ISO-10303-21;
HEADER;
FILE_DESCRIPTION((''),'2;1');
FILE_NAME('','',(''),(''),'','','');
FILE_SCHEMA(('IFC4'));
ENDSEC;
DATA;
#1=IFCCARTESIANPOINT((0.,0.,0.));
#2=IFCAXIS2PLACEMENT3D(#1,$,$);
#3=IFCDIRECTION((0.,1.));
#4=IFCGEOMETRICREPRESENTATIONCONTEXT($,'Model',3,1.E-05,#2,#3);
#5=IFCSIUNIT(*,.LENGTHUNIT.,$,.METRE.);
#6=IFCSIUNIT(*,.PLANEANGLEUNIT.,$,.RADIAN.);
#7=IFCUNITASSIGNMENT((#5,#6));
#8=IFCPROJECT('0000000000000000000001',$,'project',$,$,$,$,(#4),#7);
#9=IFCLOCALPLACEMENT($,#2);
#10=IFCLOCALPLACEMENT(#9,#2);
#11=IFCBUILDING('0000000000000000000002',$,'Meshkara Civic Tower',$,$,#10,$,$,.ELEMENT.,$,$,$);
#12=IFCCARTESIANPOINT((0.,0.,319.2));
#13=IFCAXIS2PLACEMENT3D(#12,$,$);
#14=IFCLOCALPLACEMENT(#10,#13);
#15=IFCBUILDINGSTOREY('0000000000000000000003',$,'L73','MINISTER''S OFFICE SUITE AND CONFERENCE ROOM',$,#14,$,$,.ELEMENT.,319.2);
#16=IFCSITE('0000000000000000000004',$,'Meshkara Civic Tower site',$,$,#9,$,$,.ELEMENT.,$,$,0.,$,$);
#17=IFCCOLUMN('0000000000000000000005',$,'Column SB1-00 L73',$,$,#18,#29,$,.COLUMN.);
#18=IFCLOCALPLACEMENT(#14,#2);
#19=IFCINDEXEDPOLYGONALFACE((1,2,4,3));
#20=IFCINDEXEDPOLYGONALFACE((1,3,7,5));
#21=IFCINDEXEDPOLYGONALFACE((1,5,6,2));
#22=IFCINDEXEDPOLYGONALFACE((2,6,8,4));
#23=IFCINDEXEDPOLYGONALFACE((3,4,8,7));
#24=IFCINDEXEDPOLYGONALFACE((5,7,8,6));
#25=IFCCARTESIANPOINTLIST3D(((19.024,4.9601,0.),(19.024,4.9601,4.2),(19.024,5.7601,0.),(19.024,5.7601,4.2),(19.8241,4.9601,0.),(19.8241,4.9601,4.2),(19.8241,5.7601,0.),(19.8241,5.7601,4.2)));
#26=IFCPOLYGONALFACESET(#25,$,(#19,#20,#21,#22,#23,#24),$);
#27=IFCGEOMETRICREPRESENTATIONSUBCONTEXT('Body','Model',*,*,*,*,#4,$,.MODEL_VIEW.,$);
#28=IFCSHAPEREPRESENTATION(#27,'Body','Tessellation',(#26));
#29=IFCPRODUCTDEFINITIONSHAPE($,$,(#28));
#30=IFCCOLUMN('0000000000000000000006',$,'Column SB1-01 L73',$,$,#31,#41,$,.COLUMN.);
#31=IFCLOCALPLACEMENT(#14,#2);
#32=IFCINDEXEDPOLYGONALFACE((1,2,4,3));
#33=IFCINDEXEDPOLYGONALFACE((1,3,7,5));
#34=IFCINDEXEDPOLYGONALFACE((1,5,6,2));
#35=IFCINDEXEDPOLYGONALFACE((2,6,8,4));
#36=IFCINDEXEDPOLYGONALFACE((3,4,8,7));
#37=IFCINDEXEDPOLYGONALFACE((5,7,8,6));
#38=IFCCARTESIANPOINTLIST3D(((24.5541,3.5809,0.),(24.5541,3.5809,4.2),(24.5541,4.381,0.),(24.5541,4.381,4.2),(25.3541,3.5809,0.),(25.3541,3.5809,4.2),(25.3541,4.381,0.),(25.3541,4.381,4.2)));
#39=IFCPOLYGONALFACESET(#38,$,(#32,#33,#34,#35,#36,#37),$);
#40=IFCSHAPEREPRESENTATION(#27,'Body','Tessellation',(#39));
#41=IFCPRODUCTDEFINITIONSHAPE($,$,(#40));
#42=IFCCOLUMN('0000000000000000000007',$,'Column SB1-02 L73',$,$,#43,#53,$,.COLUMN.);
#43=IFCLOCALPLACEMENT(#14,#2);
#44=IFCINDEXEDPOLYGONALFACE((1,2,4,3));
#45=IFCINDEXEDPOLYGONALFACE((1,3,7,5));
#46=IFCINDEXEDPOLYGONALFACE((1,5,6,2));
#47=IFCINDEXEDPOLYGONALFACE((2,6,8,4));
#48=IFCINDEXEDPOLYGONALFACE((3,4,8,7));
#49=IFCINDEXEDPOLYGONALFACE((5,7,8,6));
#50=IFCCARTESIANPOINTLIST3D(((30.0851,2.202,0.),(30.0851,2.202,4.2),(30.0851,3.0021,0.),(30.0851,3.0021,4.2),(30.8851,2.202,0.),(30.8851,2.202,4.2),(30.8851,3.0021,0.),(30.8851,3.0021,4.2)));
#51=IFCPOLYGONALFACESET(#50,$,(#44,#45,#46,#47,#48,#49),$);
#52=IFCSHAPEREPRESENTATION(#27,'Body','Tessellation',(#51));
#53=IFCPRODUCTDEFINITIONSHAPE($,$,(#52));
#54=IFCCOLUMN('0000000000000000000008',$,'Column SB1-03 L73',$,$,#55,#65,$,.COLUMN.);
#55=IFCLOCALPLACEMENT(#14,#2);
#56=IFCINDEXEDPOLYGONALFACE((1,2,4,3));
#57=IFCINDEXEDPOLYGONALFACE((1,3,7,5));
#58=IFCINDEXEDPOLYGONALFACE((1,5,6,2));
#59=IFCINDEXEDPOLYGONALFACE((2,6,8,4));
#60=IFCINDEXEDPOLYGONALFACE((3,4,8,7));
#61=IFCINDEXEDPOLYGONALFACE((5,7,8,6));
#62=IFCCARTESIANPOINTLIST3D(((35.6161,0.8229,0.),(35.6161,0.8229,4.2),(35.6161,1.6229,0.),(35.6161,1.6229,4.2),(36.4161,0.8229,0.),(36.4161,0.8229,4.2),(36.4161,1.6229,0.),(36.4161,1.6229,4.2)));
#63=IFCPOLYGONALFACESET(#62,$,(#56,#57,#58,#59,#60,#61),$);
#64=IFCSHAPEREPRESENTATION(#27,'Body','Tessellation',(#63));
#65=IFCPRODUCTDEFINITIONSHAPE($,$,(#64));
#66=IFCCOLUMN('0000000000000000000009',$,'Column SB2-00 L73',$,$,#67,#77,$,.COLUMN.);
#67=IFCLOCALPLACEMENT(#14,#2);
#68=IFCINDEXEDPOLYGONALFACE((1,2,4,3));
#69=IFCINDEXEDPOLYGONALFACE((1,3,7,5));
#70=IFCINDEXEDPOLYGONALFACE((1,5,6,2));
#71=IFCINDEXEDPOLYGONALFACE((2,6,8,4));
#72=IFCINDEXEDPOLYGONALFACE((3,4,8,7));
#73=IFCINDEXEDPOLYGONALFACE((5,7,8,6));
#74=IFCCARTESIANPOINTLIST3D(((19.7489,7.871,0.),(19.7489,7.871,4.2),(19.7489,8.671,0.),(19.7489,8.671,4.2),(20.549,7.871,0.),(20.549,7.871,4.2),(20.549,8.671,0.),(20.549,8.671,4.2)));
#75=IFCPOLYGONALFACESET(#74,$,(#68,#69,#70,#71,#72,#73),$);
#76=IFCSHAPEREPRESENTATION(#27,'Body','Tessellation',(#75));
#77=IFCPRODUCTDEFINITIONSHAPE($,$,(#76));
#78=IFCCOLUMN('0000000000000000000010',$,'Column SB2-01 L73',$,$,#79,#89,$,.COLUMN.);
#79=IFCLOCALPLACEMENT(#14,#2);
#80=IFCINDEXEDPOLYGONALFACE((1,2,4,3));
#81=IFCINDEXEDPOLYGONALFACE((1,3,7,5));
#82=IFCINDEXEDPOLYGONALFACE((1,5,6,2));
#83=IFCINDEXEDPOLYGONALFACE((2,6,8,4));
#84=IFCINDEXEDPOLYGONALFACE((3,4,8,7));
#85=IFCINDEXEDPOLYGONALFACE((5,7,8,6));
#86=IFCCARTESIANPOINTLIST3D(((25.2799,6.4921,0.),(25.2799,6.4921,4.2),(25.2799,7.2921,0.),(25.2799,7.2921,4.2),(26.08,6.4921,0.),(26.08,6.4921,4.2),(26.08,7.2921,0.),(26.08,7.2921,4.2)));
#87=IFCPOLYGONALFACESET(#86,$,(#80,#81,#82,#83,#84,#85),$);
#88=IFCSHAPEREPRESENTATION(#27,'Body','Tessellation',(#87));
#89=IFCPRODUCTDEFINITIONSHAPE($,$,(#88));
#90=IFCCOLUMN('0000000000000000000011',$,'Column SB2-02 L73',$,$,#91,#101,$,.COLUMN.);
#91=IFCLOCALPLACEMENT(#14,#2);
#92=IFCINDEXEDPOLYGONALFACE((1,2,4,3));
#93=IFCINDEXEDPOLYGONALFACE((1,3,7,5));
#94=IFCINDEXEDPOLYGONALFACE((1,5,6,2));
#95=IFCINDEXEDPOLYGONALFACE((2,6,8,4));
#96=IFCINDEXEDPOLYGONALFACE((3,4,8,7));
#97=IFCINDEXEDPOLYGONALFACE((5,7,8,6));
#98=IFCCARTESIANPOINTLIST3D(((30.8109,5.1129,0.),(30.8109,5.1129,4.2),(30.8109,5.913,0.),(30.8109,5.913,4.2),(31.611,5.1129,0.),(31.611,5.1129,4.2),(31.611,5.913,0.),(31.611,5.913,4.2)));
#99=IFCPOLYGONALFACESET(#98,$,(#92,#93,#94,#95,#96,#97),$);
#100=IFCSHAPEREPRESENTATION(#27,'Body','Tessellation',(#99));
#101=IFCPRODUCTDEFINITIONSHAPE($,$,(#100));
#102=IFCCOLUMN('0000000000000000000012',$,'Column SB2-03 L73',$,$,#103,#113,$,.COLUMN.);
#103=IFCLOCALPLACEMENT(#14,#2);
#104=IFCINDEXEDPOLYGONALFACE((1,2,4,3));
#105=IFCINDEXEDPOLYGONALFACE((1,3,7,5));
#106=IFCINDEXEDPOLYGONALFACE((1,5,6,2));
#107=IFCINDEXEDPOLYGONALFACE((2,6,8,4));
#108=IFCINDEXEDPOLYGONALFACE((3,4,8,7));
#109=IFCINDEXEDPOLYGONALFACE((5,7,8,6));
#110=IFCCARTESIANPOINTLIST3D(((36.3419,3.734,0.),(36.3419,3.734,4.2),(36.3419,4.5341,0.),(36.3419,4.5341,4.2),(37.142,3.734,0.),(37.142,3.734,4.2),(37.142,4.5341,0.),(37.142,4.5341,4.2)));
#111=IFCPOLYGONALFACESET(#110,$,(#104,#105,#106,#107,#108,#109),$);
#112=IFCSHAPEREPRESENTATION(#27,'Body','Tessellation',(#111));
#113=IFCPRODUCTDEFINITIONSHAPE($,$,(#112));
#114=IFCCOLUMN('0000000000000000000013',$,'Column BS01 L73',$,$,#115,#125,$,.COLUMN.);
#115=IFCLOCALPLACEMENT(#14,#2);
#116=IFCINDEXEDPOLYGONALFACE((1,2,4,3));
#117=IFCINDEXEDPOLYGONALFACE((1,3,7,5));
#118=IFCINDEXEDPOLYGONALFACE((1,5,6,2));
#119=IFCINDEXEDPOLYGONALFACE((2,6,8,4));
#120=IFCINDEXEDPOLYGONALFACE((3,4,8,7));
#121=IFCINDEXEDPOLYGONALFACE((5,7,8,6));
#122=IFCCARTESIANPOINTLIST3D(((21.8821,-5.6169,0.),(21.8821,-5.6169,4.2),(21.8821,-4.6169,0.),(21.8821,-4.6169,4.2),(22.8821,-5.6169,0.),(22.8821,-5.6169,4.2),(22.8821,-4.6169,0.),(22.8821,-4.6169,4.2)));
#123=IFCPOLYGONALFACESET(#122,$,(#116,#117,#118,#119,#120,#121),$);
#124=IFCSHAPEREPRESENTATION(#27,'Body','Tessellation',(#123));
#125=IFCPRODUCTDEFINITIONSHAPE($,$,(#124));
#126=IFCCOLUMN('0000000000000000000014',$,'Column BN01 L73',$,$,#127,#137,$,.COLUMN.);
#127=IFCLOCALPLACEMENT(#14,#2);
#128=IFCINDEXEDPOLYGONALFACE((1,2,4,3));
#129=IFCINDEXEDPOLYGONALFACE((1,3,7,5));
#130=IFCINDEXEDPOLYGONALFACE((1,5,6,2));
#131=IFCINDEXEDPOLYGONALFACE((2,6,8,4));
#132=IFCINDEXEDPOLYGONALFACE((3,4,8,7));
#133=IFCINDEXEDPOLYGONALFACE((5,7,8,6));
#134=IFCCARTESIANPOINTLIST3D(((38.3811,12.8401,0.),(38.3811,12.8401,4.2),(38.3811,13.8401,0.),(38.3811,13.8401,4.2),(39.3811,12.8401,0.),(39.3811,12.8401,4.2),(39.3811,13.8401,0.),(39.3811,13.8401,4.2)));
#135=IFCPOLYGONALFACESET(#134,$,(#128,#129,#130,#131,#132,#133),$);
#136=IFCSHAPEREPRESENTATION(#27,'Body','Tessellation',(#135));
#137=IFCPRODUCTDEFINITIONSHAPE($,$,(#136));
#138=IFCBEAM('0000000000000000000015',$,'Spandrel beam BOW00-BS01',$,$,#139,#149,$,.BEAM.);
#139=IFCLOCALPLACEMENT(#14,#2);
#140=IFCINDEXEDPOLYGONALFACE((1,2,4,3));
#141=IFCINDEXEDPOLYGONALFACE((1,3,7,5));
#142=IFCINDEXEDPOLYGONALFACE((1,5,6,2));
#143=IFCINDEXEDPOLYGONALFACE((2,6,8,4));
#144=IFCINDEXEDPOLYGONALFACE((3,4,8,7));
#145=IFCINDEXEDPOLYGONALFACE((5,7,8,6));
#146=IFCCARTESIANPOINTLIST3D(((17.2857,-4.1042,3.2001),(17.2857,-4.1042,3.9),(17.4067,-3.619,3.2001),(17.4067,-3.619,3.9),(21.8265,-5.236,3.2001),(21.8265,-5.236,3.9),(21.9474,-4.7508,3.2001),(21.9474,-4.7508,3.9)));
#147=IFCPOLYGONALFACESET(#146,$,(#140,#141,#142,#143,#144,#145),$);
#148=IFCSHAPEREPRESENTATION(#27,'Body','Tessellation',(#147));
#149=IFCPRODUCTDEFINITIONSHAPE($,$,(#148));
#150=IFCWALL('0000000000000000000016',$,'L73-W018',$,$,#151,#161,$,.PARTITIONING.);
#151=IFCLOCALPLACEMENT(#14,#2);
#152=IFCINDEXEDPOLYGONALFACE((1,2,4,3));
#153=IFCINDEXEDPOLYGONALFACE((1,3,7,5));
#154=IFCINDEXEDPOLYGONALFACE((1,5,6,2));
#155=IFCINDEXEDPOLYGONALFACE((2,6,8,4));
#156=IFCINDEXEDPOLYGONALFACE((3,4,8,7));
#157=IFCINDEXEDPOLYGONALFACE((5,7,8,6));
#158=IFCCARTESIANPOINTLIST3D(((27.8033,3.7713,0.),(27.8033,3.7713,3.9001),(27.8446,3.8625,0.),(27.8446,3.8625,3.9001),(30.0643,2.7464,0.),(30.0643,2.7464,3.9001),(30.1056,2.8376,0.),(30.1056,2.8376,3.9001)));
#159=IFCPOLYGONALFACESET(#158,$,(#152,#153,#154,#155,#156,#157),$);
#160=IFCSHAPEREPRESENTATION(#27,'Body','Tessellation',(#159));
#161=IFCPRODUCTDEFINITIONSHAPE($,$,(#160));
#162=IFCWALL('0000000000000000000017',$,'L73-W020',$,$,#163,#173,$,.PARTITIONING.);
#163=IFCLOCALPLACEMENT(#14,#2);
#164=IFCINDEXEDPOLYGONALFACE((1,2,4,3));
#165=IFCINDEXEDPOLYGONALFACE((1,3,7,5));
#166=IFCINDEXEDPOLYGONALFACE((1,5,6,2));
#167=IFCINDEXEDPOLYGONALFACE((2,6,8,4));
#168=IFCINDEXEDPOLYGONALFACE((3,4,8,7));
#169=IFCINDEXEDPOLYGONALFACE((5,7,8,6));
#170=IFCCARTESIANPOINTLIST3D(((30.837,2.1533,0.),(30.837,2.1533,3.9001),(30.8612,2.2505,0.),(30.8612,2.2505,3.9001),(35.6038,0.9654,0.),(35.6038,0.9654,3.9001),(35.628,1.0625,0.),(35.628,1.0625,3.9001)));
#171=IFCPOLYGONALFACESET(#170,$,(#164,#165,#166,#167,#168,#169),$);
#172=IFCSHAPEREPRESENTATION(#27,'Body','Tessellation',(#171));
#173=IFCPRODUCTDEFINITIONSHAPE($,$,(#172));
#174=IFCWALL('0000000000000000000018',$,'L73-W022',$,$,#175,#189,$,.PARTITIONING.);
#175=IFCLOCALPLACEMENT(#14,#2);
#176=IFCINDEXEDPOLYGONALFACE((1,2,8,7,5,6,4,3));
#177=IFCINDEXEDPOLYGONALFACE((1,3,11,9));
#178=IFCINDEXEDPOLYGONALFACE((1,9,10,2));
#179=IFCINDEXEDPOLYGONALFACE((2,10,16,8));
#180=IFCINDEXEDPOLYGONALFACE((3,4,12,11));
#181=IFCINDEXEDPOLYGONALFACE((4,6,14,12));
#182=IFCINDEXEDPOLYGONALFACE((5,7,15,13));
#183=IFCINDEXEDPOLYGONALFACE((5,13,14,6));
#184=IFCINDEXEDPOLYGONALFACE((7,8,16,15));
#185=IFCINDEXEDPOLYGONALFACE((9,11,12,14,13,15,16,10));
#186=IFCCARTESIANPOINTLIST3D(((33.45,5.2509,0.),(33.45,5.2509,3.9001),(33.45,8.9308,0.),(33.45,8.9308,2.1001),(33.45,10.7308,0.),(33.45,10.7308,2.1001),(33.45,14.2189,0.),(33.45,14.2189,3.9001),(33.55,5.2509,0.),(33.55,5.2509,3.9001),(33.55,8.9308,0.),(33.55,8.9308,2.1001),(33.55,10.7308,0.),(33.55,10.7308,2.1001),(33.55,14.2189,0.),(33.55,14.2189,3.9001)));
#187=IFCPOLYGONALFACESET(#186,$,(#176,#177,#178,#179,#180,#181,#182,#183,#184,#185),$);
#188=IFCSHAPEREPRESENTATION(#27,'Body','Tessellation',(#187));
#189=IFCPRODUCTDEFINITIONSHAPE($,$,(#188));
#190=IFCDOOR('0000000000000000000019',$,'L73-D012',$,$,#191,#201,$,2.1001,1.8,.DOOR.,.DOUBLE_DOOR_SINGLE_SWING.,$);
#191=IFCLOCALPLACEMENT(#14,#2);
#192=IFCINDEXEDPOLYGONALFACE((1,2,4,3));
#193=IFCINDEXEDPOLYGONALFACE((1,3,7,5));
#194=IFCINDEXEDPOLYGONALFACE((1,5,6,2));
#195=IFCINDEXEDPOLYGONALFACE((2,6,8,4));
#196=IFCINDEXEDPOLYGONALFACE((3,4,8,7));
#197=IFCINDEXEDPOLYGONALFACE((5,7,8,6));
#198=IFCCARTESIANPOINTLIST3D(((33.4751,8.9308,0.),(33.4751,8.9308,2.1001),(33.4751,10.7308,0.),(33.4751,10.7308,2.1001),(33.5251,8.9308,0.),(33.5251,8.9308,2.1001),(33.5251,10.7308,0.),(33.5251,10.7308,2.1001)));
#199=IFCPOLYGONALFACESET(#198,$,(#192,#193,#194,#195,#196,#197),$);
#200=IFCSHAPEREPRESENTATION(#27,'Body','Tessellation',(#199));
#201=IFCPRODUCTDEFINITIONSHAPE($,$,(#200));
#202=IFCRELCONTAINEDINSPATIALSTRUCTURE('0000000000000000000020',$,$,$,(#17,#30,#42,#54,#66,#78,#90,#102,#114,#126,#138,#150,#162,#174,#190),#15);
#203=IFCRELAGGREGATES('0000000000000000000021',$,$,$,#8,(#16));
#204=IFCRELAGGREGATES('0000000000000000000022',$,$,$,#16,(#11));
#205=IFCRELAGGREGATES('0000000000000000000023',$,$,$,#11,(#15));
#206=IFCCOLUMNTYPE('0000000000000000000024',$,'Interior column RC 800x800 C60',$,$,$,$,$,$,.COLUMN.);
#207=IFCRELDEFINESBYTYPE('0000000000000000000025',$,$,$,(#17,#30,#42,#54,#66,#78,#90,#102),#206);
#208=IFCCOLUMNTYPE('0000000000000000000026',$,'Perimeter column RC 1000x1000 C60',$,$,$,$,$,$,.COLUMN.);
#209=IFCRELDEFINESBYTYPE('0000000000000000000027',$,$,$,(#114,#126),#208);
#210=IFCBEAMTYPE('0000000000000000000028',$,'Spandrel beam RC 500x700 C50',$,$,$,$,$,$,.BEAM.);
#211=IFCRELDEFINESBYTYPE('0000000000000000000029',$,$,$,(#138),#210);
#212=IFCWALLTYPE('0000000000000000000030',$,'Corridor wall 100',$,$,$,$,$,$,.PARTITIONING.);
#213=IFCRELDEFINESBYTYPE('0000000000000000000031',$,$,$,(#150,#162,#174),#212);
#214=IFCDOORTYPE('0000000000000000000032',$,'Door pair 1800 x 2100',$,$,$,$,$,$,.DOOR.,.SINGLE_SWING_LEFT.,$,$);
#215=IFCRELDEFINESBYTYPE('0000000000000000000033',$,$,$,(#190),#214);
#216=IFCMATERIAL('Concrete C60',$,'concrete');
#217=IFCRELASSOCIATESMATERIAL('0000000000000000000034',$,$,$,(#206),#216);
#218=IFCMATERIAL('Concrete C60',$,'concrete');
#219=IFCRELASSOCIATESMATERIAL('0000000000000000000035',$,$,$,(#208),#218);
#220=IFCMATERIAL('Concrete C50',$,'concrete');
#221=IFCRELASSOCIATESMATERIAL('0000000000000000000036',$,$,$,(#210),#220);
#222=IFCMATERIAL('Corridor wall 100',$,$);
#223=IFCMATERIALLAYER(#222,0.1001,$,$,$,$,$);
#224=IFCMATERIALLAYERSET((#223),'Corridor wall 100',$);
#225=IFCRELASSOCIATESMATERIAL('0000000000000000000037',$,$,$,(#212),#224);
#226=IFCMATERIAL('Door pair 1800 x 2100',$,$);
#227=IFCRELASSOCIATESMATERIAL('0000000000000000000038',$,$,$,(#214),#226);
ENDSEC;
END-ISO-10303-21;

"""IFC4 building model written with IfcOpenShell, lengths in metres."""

from ifc_helpers import new_model, si_unit, direction, frame, frame_2d, origin, origin_2d, place, context, subcontext, project, spatial, rectangle, extrude, material, layer, layer_set, material_profile, profile_set, type_object, element, fill, save


model = new_model("IFC4")

# Units and contexts
model_context = context("Model", 3, precision=1e-05, world=origin(), true_north=direction((0.0, 1.0)))
body_context = subcontext(model_context, "Body", "Model", "MODEL_VIEW")
ifc_project = project(units=[si_unit("LENGTHUNIT", "METRE"), si_unit("PLANEANGLEUNIT", "RADIAN")], contexts=[model_context])

# Site, building, storey
site_placement = place(None, origin())
site = spatial("IfcSite", under=ifc_project, at=site_placement, Name="Meshkara Civic Tower site", CompositionType="ELEMENT", RefElevation=0.0)
building_placement = place(site_placement, origin())
building = spatial("IfcBuilding", under=site, at=building_placement, Name="Meshkara Civic Tower", CompositionType="ELEMENT")
storey_placement = place(building_placement, frame((0.0, 0.0, 319.2)))
storey = spatial("IfcBuildingStorey", under=building, at=storey_placement, Name="L73", Description="MINISTER'S OFFICE SUITE AND CONFERENCE ROOM", CompositionType="ELEMENT", Elevation=319.2)

# Columns
ifc_material_1 = material(Name="Concrete C60", Category="concrete")
ifc_material_profile_1 = material_profile(ifc_material_1, rectangle(XDim=0.8, YDim=0.8, at=origin_2d()))
ifc_profile_set_1 = profile_set([ifc_material_profile_1], Name="Concrete C60")
column_type_1 = type_object("IfcColumnType", Name="Interior column RC 800x800 C60", PredefinedType="COLUMN", material=ifc_profile_set_1)
for number, where, z_axis, x_axis, name in (
    (1, (19.4241, 5.3601, 0.0), (0.0, 0.0, 1.0), (1.0, 0.0, 0.0), "Column SB1-00 L73"),
    (2, (24.9541, 3.981, 0.0), (0.0, 0.0, 1.0), (1.0, 0.0, 0.0), "Column SB1-01 L73"),
    (3, (30.4851, 2.6021, 0.0), (0.0, 0.0, 1.0), (1.0, 0.0, 0.0), "Column SB1-02 L73"),
    (4, (36.0161, 1.2229, 0.0), (0.0, 0.0, 1.0), (1.0, 0.0, 0.0), "Column SB1-03 L73"),
    (5, (20.1489, 8.271, 0.0), (0.0, 0.0, 1.0), (1.0, 0.0, 0.0), "Column SB2-00 L73"),
    (6, (25.6799, 6.8921, 0.0), (0.0, 0.0, 1.0), (1.0, 0.0, 0.0), "Column SB2-01 L73"),
    (7, (31.2109, 5.5129, 0.0), (0.0, 0.0, 1.0), (1.0, 0.0, 0.0), "Column SB2-02 L73"),
    (8, (36.7419, 4.134, 0.0), (0.0, 0.0, 1.0), (1.0, 0.0, 0.0), "Column SB2-03 L73"),
):
    element("IfcColumn", number, at=place(storey_placement, frame(where, z_axis=z_axis, x_axis=x_axis)), inside=storey, type_object=column_type_1, Name=name, PredefinedType="COLUMN", context=body_context, shape_type="SweptSolid", body=[
        extrude(rectangle(XDim=0.8, YDim=0.8, at=origin_2d()), origin(), (0.0, 0.0, 1.0), 4.2),
    ])
ifc_material_2 = material(Name="Concrete C60", Category="concrete")
ifc_material_profile_2 = material_profile(ifc_material_2, rectangle(XDim=1.0, YDim=1.0, at=origin_2d()))
ifc_profile_set_2 = profile_set([ifc_material_profile_2], Name="Concrete C60")
column_type_2 = type_object("IfcColumnType", Name="Perimeter column RC 1000x1000 C60", PredefinedType="COLUMN", material=ifc_profile_set_2)
for number, where, z_axis, x_axis, name in (
    (9, (22.3821, -5.1169, 0.0), (0.0, 0.0, 1.0), (1.0, 0.0, 0.0), "Column BS01 L73"),
    (10, (38.8811, 13.3401, 0.0), (0.0, 0.0, 1.0), (1.0, 0.0, 0.0), "Column BN01 L73"),
):
    element("IfcColumn", number, at=place(storey_placement, frame(where, z_axis=z_axis, x_axis=x_axis)), inside=storey, type_object=column_type_2, Name=name, PredefinedType="COLUMN", context=body_context, shape_type="SweptSolid", body=[
        extrude(rectangle(XDim=1.0, YDim=1.0, at=origin_2d()), origin(), (0.0, 0.0, 1.0), 4.2),
    ])

# Beam
ifc_material_3 = material(Name="Concrete C50", Category="concrete")
ifc_material_profile_3 = material_profile(ifc_material_3, rectangle(XDim=0.5, YDim=0.7, at=origin_2d()))
ifc_profile_set_3 = profile_set([ifc_material_profile_3], Name="Concrete C50")
beam_type = type_object("IfcBeamType", Name="Spandrel beam RC 500x700 C50", PredefinedType="BEAM", material=ifc_profile_set_3)
beam_placement = place(storey_placement, frame((17.3462, -3.8616, 3.55), z_axis=(0.970311, -0.24186, 0.0), x_axis=(0.24186, 0.970311, 0.0)))
element("IfcBeam", 11, at=beam_placement, inside=storey, type_object=beam_type, Name="Spandrel beam BOW00-BS01", PredefinedType="BEAM", context=body_context, shape_type="SweptSolid", body=[
    extrude(rectangle(XDim=0.5, YDim=0.7, at=origin_2d()), origin(), (0.0, 0.0, 1.0), 4.6797),
])

# Walls
ifc_material_4 = material(Name="Corridor wall 100")
ifc_layer_1 = layer(ifc_material_4, 0.1001)
ifc_layer_set_1 = layer_set([ifc_layer_1], Name="Corridor wall 100")
wall_type_1 = type_object("IfcWallType", Name="Corridor wall 100", PredefinedType="PARTITIONING", material=ifc_layer_set_1)
wall_1_placement = place(storey_placement, frame((27.824, 3.8169, 0.0), z_axis=(0.0, 0.0, 1.0), x_axis=(0.910794, -0.412862, 0.0)))
element("IfcWall", 12, at=wall_1_placement, inside=storey, type_object=wall_type_1, Name="L73-W018", PredefinedType="PARTITIONING", context=body_context, shape_type="SweptSolid", body=[
    extrude(rectangle(XDim=2.4824, YDim=0.1001, at=frame_2d((1.2412, 0.0))), origin(), (0.0, 0.0, 1.0), 3.9001),
])
wall_2_placement = place(storey_placement, frame((30.8491, 2.2019, 0.0), z_axis=(0.0, 0.0, 1.0), x_axis=(0.970321, -0.241822, 0.0)))
element("IfcWall", 13, at=wall_2_placement, inside=storey, type_object=wall_type_1, Name="L73-W020", PredefinedType="PARTITIONING", context=body_context, shape_type="SweptSolid", body=[
    extrude(rectangle(XDim=4.9126, YDim=0.1001, at=frame_2d((2.4563, 0.0))), origin(), (0.0, 0.0, 1.0), 3.9001),
])

# Wall, opening, door
wall_3_placement = place(storey_placement, frame((33.5, 5.251, 0.0), z_axis=(0.0, 0.0, 1.0), x_axis=(0.0, 1.0, 0.0)))
wall_3 = element("IfcWall", 14, at=wall_3_placement, inside=storey, type_object=wall_type_1, Name="L73-W022", PredefinedType="PARTITIONING", context=body_context, shape_type="SweptSolid", body=[
    extrude(rectangle(XDim=8.968, YDim=0.1001, at=frame_2d((4.4839, 0.0))), origin(), (0.0, 0.0, 1.0), 3.9001),
])
opening_1_placement = place(wall_3_placement, frame((3.6799, 0.0, 0.0)))
opening_1 = element("IfcOpeningElement", 15, at=opening_1_placement, cuts=wall_3, PredefinedType="OPENING", context=body_context, shape_type="SweptSolid", body=[
    extrude(rectangle(XDim=1.8, YDim=2.1001, at=frame_2d((0.8999, 1.05))), frame((0.0, 0.0601, 0.0), z_axis=(0.0, -1.0, 0.0), x_axis=(1.0, 0.0, 0.0)), (0.0, 0.0, 1.0), 0.1201),
])
ifc_material_5 = material(Name="Door pair 1800 x 2100")
door_type = type_object("IfcDoorType", Name="Door pair 1800 x 2100", OperationType="SINGLE_SWING_LEFT", PredefinedType="DOOR", material=ifc_material_5)
door_1_placement = place(opening_1_placement, origin())
door_1 = element("IfcDoor", 16, at=door_1_placement, inside=storey, type_object=door_type, Name="L73-D012", OperationType="DOUBLE_DOOR_SINGLE_SWING", OverallHeight=2.1001, OverallWidth=1.8, PredefinedType="DOOR", context=body_context, shape_type="SweptSolid", body=[
    extrude(rectangle(XDim=1.8, YDim=2.1001, at=frame_2d((0.8999, 1.05))), frame((0.0, 0.0249, 0.0), z_axis=(0.0, -1.0, 0.0), x_axis=(1.0, 0.0, 0.0)), (0.0, 0.0, 1.0), 0.05),
])
fill(opening_1, door_1)

save(model, "model.ifc")
